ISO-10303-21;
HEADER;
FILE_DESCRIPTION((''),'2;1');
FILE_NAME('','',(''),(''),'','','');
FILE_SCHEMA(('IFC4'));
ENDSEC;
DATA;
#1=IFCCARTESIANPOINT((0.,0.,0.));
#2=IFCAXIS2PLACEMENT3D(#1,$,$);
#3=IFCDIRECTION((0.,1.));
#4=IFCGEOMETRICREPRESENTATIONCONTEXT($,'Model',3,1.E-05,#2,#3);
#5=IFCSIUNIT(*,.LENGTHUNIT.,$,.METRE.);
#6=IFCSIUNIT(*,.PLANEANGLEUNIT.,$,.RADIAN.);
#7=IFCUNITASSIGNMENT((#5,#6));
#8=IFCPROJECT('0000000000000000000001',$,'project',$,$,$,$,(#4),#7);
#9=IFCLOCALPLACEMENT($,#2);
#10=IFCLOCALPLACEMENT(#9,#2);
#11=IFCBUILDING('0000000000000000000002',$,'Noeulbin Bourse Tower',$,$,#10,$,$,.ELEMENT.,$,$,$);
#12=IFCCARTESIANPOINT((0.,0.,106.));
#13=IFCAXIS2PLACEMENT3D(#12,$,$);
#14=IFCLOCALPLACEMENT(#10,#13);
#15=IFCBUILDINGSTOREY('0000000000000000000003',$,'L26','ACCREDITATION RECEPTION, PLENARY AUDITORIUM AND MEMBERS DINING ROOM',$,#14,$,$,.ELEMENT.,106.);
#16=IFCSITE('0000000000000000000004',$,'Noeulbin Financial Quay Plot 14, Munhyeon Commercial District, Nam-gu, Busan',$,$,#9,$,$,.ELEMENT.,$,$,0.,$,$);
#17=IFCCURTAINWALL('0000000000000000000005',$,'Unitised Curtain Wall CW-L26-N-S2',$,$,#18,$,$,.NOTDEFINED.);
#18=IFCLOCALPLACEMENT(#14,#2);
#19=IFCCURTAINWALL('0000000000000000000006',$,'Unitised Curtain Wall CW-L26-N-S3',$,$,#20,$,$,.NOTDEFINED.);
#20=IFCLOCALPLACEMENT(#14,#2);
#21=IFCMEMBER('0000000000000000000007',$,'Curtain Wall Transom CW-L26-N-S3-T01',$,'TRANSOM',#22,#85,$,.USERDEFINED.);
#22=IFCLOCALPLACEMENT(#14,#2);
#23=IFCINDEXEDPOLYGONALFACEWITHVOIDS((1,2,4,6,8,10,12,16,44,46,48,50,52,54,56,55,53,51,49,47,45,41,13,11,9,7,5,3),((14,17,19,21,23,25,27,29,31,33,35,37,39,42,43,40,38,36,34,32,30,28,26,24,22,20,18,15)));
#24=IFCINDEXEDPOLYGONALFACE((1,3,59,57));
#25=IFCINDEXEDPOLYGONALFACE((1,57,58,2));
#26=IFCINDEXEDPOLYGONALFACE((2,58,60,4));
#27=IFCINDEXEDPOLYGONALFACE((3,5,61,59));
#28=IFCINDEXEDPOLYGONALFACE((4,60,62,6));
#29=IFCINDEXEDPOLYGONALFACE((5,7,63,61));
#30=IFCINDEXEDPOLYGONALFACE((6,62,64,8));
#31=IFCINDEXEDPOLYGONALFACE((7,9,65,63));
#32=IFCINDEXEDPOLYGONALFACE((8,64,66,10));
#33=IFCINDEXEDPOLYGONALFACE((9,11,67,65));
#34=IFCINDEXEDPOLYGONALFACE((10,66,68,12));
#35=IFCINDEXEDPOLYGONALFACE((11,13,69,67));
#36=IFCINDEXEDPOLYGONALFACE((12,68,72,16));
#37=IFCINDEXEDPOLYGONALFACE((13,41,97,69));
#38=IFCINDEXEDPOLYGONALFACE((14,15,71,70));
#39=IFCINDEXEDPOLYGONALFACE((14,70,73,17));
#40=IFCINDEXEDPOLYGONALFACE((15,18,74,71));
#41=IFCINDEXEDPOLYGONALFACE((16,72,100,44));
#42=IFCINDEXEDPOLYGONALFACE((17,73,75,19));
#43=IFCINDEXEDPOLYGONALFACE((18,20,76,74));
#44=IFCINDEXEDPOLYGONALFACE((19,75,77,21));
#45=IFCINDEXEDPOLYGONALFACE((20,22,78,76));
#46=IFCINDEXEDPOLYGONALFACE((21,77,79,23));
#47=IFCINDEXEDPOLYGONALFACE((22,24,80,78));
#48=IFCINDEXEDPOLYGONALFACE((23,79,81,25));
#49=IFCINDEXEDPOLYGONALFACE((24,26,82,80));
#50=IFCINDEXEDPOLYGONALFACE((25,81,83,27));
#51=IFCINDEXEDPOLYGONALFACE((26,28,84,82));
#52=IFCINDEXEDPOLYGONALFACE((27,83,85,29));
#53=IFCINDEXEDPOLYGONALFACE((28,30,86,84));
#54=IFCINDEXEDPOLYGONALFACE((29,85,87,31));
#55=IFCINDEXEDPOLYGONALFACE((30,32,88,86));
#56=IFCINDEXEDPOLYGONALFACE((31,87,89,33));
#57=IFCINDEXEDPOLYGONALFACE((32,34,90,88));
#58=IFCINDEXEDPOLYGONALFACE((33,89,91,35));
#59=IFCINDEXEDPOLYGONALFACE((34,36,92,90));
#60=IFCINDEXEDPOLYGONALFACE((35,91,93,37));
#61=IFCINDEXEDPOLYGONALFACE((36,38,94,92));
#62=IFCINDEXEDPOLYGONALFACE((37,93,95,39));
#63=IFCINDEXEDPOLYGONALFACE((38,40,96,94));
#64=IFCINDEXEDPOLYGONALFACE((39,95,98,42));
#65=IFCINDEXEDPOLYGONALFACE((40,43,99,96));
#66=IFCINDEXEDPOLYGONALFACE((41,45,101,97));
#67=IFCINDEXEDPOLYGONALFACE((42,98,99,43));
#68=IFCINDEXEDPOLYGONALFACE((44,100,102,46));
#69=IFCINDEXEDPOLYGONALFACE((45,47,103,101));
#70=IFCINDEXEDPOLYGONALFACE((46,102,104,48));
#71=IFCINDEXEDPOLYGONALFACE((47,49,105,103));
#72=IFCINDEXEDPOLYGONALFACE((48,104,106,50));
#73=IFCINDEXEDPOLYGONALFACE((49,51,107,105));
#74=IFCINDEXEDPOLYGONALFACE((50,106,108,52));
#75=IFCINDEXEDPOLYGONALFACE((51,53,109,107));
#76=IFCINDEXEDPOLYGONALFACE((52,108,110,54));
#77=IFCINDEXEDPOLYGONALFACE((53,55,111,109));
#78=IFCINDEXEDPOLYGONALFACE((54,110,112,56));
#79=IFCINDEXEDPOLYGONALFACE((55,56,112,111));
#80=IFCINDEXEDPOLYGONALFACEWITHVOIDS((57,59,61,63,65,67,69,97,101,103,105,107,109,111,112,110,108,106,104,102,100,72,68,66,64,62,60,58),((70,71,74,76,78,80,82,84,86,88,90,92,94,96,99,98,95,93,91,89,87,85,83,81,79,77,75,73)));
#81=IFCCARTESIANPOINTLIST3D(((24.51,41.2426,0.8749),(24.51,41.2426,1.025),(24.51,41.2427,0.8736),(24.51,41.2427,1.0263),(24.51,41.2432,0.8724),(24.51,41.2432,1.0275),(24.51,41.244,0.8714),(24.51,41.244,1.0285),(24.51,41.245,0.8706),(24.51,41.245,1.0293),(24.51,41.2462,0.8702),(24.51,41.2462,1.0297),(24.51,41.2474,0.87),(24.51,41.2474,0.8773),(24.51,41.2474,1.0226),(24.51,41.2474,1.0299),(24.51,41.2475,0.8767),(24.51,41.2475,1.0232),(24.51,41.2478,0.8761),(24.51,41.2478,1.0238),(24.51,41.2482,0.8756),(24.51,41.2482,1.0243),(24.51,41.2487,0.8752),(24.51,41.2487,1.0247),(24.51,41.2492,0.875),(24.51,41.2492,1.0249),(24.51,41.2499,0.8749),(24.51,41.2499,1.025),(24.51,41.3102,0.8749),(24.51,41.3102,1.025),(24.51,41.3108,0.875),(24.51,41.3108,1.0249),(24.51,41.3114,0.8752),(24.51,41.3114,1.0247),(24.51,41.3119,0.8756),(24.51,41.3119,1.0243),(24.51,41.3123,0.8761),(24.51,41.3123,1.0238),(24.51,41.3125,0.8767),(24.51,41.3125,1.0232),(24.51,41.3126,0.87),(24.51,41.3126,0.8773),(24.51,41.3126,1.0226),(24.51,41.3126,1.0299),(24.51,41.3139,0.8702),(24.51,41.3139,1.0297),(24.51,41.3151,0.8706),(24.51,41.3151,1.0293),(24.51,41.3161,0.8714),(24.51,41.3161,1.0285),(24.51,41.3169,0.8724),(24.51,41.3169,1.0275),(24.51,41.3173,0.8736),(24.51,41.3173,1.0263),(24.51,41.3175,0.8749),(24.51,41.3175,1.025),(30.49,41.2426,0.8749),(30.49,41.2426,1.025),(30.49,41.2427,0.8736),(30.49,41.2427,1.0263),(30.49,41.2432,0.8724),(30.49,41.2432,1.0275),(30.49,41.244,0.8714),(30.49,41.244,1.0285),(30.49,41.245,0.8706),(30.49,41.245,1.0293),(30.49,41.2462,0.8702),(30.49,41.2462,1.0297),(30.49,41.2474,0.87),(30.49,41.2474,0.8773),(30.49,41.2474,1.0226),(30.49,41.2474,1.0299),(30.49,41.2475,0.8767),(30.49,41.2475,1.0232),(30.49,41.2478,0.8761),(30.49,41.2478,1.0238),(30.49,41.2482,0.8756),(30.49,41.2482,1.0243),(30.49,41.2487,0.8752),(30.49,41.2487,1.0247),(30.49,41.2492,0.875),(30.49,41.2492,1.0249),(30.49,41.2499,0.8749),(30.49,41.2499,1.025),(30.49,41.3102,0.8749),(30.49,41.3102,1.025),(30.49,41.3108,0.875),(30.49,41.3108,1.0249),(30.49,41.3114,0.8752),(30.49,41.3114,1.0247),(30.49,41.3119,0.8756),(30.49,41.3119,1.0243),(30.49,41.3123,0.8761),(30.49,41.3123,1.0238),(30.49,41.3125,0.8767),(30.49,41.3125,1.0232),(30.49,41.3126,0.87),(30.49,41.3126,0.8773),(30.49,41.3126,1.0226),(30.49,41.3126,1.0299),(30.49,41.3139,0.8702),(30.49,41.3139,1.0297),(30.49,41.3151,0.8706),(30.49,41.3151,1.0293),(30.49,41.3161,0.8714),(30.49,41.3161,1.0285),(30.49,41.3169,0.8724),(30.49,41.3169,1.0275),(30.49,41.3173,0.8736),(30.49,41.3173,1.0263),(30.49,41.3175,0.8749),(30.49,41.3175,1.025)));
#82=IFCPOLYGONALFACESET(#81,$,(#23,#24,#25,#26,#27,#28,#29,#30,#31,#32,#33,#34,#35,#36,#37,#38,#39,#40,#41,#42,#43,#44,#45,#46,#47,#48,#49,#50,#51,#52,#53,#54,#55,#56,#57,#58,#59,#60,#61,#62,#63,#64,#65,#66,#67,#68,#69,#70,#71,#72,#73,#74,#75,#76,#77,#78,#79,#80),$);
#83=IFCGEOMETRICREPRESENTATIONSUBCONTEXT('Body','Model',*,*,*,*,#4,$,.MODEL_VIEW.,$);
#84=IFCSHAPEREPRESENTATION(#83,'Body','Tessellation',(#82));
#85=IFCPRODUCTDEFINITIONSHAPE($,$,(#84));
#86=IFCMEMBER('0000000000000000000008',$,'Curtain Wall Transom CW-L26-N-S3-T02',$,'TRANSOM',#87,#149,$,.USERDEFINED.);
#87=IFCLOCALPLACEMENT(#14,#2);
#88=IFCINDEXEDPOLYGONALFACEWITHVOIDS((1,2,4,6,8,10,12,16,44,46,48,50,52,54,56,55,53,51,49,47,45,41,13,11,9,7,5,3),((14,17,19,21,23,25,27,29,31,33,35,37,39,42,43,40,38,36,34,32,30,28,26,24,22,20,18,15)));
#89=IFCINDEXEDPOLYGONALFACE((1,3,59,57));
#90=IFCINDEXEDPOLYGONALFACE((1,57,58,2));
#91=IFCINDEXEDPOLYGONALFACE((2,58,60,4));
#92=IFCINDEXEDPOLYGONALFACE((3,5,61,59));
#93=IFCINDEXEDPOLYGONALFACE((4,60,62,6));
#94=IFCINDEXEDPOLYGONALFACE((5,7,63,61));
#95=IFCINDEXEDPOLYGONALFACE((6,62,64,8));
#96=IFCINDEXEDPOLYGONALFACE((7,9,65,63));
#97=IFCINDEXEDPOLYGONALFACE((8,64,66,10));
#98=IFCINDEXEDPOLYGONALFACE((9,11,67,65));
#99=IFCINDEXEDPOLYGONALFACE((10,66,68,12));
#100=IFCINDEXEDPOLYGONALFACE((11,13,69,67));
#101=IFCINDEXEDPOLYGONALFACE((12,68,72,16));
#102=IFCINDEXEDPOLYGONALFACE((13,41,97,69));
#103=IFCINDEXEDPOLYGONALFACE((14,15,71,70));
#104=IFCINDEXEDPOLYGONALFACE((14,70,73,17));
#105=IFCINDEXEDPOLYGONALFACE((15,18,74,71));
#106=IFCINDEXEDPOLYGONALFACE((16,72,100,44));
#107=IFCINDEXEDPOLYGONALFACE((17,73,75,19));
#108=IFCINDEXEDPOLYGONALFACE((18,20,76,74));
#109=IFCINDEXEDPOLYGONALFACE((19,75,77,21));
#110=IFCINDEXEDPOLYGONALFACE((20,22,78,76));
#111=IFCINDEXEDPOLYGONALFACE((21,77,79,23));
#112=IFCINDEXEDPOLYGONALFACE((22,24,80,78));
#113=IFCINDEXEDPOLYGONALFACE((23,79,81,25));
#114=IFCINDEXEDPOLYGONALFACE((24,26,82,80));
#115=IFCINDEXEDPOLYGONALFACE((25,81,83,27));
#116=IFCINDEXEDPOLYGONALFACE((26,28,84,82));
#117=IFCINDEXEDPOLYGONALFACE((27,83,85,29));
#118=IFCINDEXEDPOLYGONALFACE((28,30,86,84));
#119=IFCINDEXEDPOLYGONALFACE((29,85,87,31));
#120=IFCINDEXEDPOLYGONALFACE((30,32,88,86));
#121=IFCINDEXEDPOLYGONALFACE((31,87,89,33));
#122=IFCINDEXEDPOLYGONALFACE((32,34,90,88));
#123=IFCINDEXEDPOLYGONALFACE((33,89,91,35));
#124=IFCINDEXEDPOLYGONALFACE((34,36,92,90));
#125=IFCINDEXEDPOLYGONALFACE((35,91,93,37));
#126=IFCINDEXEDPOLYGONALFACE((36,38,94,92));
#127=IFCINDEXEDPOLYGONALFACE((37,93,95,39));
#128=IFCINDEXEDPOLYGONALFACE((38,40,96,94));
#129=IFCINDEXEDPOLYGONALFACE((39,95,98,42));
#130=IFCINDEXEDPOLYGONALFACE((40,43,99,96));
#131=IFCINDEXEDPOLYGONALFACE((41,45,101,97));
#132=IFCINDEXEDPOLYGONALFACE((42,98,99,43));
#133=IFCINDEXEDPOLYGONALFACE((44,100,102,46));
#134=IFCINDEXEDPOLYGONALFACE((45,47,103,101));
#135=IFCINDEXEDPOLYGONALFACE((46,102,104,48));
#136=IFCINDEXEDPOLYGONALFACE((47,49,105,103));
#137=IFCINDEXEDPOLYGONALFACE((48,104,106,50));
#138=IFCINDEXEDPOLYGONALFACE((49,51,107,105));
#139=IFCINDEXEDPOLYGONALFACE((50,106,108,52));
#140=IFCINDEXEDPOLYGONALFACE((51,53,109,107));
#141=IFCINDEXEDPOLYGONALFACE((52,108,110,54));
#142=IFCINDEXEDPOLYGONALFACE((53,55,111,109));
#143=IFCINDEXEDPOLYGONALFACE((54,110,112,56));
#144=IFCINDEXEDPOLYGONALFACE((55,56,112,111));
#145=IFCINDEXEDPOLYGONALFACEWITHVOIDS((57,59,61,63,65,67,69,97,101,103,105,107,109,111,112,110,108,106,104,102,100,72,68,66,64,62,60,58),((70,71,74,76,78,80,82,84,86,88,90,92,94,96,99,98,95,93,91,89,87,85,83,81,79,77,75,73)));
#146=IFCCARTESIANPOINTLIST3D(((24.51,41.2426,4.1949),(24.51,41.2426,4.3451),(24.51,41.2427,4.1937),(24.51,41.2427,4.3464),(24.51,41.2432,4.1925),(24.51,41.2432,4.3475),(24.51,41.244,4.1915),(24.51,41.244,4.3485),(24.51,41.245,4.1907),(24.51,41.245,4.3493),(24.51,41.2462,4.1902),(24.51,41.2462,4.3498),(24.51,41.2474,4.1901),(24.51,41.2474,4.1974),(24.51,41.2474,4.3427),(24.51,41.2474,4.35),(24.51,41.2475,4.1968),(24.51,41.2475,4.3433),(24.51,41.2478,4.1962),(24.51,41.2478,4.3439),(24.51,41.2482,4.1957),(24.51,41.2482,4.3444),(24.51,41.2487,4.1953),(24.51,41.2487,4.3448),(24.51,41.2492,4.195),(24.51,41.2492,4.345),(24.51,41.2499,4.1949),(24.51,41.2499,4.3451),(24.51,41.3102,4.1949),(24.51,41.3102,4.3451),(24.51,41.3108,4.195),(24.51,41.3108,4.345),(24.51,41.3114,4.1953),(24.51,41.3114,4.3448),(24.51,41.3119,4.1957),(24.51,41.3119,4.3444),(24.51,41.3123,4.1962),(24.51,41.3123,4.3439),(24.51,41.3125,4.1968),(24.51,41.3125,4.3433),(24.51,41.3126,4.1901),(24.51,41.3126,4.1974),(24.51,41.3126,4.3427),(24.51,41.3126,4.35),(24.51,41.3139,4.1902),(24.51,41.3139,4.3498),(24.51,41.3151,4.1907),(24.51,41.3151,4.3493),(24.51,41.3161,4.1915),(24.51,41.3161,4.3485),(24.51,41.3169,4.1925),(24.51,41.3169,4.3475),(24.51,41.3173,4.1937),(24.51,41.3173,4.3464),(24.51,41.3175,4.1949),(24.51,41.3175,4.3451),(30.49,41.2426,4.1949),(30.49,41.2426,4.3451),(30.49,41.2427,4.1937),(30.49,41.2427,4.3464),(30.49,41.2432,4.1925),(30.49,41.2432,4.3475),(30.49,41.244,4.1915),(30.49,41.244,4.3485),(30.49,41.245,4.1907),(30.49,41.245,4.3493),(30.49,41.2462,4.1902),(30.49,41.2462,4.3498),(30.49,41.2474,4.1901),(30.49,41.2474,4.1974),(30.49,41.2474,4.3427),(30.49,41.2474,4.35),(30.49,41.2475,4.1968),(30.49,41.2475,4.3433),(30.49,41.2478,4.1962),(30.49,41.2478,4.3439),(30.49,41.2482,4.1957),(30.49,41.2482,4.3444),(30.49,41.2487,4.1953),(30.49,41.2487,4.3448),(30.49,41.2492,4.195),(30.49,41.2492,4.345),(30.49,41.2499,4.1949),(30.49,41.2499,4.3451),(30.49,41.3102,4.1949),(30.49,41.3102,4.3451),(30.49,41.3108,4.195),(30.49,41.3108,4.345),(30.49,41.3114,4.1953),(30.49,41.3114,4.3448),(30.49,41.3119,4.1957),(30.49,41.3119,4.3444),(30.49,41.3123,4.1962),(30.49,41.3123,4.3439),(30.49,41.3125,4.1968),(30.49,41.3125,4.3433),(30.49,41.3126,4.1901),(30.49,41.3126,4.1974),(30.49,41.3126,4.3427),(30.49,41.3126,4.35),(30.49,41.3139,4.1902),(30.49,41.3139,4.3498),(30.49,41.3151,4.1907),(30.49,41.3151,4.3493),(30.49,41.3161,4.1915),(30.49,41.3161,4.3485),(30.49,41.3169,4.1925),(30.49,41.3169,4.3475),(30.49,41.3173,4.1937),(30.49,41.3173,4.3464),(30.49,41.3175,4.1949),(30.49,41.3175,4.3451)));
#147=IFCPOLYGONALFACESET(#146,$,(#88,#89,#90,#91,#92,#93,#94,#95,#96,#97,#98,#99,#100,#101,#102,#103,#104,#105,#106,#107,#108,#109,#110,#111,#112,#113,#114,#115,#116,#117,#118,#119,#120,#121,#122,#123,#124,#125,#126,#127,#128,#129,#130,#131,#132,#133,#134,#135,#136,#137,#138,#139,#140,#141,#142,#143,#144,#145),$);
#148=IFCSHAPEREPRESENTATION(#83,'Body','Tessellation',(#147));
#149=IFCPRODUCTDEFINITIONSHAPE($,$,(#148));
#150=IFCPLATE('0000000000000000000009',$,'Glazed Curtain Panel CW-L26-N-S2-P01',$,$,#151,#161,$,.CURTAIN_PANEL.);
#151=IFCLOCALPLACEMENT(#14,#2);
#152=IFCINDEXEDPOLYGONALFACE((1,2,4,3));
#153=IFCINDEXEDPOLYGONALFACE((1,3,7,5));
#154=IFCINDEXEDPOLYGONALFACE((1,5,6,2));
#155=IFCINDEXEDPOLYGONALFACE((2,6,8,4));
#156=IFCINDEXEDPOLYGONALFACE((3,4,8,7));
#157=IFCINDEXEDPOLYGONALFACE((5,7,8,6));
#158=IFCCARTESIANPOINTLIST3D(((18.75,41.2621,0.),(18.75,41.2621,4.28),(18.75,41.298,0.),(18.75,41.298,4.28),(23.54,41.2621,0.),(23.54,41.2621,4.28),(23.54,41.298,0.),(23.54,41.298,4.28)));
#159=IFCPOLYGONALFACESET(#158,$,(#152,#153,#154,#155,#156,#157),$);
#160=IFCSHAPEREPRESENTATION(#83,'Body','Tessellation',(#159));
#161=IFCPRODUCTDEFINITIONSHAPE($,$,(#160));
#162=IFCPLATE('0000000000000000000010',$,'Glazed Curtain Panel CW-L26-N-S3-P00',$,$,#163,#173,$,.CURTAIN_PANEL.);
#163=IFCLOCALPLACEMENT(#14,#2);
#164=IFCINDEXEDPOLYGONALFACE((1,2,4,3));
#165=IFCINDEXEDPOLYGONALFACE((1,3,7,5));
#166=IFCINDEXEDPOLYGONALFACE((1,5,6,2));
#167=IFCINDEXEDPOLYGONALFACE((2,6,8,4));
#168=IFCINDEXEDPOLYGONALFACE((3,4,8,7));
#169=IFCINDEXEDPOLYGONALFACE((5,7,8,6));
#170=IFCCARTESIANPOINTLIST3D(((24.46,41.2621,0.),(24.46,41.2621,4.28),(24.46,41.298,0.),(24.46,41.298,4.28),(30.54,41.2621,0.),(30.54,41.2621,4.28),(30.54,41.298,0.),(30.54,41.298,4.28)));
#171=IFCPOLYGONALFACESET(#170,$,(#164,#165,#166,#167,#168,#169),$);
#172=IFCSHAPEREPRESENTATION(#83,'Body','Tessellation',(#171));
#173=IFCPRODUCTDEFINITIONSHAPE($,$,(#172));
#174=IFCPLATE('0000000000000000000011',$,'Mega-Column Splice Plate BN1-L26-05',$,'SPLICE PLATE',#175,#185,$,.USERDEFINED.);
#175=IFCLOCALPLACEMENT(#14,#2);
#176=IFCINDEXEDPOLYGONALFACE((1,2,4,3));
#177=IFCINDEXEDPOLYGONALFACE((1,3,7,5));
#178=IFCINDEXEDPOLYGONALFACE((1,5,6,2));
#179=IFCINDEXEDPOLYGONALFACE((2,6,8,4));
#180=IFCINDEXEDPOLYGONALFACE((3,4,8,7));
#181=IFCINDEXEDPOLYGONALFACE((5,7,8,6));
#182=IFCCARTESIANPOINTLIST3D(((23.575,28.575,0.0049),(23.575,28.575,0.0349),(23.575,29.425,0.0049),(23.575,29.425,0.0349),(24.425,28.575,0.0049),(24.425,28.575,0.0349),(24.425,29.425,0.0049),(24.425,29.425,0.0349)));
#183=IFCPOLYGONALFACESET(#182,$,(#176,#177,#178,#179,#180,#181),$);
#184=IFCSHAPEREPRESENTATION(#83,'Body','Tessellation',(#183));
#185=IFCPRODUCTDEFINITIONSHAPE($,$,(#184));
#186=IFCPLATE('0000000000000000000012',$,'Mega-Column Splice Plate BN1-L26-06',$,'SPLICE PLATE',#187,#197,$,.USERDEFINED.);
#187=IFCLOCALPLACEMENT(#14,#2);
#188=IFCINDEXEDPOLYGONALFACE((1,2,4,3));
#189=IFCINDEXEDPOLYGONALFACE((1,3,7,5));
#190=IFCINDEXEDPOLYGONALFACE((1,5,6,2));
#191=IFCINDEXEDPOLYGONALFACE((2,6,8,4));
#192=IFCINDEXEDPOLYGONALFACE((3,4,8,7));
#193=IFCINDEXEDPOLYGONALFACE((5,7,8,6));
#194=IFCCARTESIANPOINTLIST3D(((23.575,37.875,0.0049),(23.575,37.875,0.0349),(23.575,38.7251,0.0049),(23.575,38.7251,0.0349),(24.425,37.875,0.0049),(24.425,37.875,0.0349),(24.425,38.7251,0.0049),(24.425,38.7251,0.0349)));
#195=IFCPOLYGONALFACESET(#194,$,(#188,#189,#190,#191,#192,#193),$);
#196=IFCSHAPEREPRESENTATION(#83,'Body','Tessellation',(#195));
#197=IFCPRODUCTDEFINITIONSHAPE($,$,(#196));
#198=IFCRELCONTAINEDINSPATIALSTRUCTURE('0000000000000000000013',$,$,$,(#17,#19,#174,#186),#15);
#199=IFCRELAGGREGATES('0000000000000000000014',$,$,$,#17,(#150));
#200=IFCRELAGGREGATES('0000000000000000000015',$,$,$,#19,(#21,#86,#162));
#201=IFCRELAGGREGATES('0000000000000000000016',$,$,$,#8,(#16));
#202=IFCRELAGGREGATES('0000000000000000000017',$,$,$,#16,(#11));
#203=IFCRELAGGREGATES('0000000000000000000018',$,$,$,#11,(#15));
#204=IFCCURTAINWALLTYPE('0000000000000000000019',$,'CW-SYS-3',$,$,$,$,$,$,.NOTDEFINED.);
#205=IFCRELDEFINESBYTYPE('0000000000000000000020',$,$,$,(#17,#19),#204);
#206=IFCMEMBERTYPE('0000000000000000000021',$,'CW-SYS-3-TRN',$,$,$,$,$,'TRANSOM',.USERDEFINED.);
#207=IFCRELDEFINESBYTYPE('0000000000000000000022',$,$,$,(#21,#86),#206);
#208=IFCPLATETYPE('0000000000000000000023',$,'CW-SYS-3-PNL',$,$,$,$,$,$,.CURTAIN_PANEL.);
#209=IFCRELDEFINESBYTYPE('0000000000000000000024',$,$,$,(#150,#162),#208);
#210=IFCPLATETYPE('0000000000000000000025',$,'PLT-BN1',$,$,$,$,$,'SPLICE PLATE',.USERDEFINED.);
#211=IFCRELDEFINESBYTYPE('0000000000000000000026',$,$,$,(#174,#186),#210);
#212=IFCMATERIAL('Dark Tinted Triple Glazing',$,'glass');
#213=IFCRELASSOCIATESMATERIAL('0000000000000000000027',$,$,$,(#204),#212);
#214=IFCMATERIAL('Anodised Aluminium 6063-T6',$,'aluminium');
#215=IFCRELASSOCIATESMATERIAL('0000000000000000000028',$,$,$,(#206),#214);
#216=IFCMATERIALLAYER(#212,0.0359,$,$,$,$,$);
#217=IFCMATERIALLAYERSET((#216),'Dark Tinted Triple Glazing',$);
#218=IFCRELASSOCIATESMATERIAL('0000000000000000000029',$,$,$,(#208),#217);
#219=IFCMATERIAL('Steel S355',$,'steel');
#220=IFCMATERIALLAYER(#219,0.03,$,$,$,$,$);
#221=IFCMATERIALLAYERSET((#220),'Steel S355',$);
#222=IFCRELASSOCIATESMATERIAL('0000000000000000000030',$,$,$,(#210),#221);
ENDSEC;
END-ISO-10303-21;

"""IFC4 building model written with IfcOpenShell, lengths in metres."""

from ifc_helpers import new_model, si_unit, direction, frame, origin, origin_2d, place, context, subcontext, project, spatial, rectangle, hollow_rectangle, extrude, material, layer, layer_set, material_profile, profile_set, type_object, element, aggregate, save


model = new_model("IFC4")

# Units and contexts
model_context = context("Model", 3, precision=1e-05, world=origin(), true_north=direction((0.0, 1.0)))
body_context = subcontext(model_context, "Body", "Model", "MODEL_VIEW")
ifc_project = project(units=[si_unit("LENGTHUNIT", "METRE"), si_unit("PLANEANGLEUNIT", "RADIAN")], contexts=[model_context])

# Site, building, storey
site_placement = place(None, origin())
site = spatial("IfcSite", under=ifc_project, at=site_placement, Name="Noeulbin Financial Quay Plot 14, Munhyeon Commercial District, Nam-gu, Busan", CompositionType="ELEMENT", RefElevation=0.0)
building_placement = place(site_placement, origin())
building = spatial("IfcBuilding", under=site, at=building_placement, Name="Noeulbin Bourse Tower", CompositionType="ELEMENT")
storey_placement = place(building_placement, frame((0.0, 0.0, 106.0)))
storey = spatial("IfcBuildingStorey", under=building, at=storey_placement, Name="L26", Description="ACCREDITATION RECEPTION, PLENARY AUDITORIUM AND MEMBERS DINING ROOM", CompositionType="ELEMENT", Elevation=106.0)

# Shared definitions
ifc_material_1 = material(Name="Steel S355", Category="steel")

# Curtain wall
ifc_material_2 = material(Name="Dark Tinted Triple Glazing", Category="glass")
curtain_wall_type = type_object("IfcCurtainWallType", Name="CW-SYS-3", PredefinedType="NOTDEFINED", material=ifc_material_2)
curtain_wall_1_placement = place(storey_placement, origin())
curtain_wall_1 = element("IfcCurtainWall", 1, at=curtain_wall_1_placement, inside=storey, type_object=curtain_wall_type, Name="Unitised Curtain Wall CW-L26-N-S2", PredefinedType="NOTDEFINED")
ifc_material_3 = material(Name="Anodised Aluminium 6063-T6", Category="aluminium")

# Curtain wall, members
curtain_wall_2_placement = place(storey_placement, origin())
curtain_wall_2 = element("IfcCurtainWall", 2, at=curtain_wall_2_placement, inside=storey, type_object=curtain_wall_type, Name="Unitised Curtain Wall CW-L26-N-S3", PredefinedType="NOTDEFINED")
ifc_material_profile_1 = material_profile(ifc_material_3, hollow_rectangle(XDim=0.075, YDim=0.1599, WallThickness=0.0049, InnerFilletRadius=0.0024, OuterFilletRadius=0.0049, at=origin_2d()), Name="ALU-TRAN-75x160x5", Category="LoadBearing")
ifc_profile_set_1 = profile_set([ifc_material_profile_1], Name="Anodised Aluminium 6063-T6")
member_type_1 = type_object("IfcMemberType", Name="CW-SYS-3-TRN", ElementType="TRANSOM", PredefinedType="USERDEFINED", material=ifc_profile_set_1)
member_1_placement = place(storey_placement, frame((24.51, 41.28, 0.95), z_axis=(1.0, 0.0, 0.0), x_axis=(0.0, 1.0, 0.0)))
member_1 = element("IfcMember", 3, at=member_1_placement, type_object=member_type_1, Name="Curtain Wall Transom CW-L26-N-S3-T01", ObjectType="TRANSOM", PredefinedType="USERDEFINED", context=body_context, shape_type="SweptSolid", body=[
    extrude(hollow_rectangle(XDim=0.075, YDim=0.1599, WallThickness=0.0049, InnerFilletRadius=0.0024, OuterFilletRadius=0.0049, at=origin_2d()), origin(), (0.0, 0.0, 1.0), 5.98),
])
member_2_placement = place(storey_placement, frame((24.51, 41.28, 4.27), z_axis=(1.0, 0.0, 0.0), x_axis=(0.0, 1.0, 0.0)))
member_2 = element("IfcMember", 4, at=member_2_placement, type_object=member_type_1, Name="Curtain Wall Transom CW-L26-N-S3-T02", ObjectType="TRANSOM", PredefinedType="USERDEFINED", context=body_context, shape_type="SweptSolid", body=[
    extrude(hollow_rectangle(XDim=0.075, YDim=0.1599, WallThickness=0.0049, InnerFilletRadius=0.0024, OuterFilletRadius=0.0049, at=origin_2d()), origin(), (0.0, 0.0, 1.0), 5.98),
])

# Plates
ifc_layer_1 = layer(ifc_material_2, 0.0359)
ifc_layer_set_1 = layer_set([ifc_layer_1], Name="Dark Tinted Triple Glazing")
plate_type_1 = type_object("IfcPlateType", Name="CW-SYS-3-PNL", PredefinedType="CURTAIN_PANEL", material=ifc_layer_set_1)
plate_1_placement = place(storey_placement, frame((21.145, 41.28, 0.0), z_axis=(0.0, 0.0, 1.0), x_axis=(1.0, 0.0, 0.0)))
plate_1 = element("IfcPlate", 5, at=plate_1_placement, type_object=plate_type_1, Name="Glazed Curtain Panel CW-L26-N-S2-P01", PredefinedType="CURTAIN_PANEL", context=body_context, shape_type="SweptSolid", body=[
    extrude(rectangle(XDim=4.79, YDim=0.0359, at=origin_2d()), origin(), (0.0, 0.0, 1.0), 4.28),
])
aggregate(curtain_wall_1, [plate_1])
plate_2_placement = place(storey_placement, frame((27.5, 41.28, 0.0), z_axis=(0.0, 0.0, 1.0), x_axis=(1.0, 0.0, 0.0)))
plate_2 = element("IfcPlate", 6, at=plate_2_placement, type_object=plate_type_1, Name="Glazed Curtain Panel CW-L26-N-S3-P00", PredefinedType="CURTAIN_PANEL", context=body_context, shape_type="SweptSolid", body=[
    extrude(rectangle(XDim=6.0801, YDim=0.0359, at=origin_2d()), origin(), (0.0, 0.0, 1.0), 4.28),
])
aggregate(curtain_wall_2, [member_1, member_2, plate_2])

# Plates
ifc_layer_2 = layer(ifc_material_1, 0.03)
ifc_layer_set_2 = layer_set([ifc_layer_2], Name="Steel S355")
plate_type_2 = type_object("IfcPlateType", Name="PLT-BN1", ElementType="SPLICE PLATE", PredefinedType="USERDEFINED", material=ifc_layer_set_2)
for number, where, z_axis, x_axis, name in (
    (7, (24.0, 29.0, 0.0049), (0.0, 0.0, 1.0), (1.0, 0.0, 0.0), "Mega-Column Splice Plate BN1-L26-05"),
    (8, (24.0, 38.3, 0.0049), (0.0, 0.0, 1.0), (1.0, 0.0, 0.0), "Mega-Column Splice Plate BN1-L26-06"),
):
    element("IfcPlate", number, at=place(storey_placement, frame(where, z_axis=z_axis, x_axis=x_axis)), inside=storey, type_object=plate_type_2, Name=name, ObjectType="SPLICE PLATE", PredefinedType="USERDEFINED", context=body_context, shape_type="SweptSolid", body=[
        extrude(rectangle(XDim=0.8501, YDim=0.8501, at=origin_2d()), origin(), (0.0, 0.0, 1.0), 0.03),
    ])

save(model, "model.ifc")
